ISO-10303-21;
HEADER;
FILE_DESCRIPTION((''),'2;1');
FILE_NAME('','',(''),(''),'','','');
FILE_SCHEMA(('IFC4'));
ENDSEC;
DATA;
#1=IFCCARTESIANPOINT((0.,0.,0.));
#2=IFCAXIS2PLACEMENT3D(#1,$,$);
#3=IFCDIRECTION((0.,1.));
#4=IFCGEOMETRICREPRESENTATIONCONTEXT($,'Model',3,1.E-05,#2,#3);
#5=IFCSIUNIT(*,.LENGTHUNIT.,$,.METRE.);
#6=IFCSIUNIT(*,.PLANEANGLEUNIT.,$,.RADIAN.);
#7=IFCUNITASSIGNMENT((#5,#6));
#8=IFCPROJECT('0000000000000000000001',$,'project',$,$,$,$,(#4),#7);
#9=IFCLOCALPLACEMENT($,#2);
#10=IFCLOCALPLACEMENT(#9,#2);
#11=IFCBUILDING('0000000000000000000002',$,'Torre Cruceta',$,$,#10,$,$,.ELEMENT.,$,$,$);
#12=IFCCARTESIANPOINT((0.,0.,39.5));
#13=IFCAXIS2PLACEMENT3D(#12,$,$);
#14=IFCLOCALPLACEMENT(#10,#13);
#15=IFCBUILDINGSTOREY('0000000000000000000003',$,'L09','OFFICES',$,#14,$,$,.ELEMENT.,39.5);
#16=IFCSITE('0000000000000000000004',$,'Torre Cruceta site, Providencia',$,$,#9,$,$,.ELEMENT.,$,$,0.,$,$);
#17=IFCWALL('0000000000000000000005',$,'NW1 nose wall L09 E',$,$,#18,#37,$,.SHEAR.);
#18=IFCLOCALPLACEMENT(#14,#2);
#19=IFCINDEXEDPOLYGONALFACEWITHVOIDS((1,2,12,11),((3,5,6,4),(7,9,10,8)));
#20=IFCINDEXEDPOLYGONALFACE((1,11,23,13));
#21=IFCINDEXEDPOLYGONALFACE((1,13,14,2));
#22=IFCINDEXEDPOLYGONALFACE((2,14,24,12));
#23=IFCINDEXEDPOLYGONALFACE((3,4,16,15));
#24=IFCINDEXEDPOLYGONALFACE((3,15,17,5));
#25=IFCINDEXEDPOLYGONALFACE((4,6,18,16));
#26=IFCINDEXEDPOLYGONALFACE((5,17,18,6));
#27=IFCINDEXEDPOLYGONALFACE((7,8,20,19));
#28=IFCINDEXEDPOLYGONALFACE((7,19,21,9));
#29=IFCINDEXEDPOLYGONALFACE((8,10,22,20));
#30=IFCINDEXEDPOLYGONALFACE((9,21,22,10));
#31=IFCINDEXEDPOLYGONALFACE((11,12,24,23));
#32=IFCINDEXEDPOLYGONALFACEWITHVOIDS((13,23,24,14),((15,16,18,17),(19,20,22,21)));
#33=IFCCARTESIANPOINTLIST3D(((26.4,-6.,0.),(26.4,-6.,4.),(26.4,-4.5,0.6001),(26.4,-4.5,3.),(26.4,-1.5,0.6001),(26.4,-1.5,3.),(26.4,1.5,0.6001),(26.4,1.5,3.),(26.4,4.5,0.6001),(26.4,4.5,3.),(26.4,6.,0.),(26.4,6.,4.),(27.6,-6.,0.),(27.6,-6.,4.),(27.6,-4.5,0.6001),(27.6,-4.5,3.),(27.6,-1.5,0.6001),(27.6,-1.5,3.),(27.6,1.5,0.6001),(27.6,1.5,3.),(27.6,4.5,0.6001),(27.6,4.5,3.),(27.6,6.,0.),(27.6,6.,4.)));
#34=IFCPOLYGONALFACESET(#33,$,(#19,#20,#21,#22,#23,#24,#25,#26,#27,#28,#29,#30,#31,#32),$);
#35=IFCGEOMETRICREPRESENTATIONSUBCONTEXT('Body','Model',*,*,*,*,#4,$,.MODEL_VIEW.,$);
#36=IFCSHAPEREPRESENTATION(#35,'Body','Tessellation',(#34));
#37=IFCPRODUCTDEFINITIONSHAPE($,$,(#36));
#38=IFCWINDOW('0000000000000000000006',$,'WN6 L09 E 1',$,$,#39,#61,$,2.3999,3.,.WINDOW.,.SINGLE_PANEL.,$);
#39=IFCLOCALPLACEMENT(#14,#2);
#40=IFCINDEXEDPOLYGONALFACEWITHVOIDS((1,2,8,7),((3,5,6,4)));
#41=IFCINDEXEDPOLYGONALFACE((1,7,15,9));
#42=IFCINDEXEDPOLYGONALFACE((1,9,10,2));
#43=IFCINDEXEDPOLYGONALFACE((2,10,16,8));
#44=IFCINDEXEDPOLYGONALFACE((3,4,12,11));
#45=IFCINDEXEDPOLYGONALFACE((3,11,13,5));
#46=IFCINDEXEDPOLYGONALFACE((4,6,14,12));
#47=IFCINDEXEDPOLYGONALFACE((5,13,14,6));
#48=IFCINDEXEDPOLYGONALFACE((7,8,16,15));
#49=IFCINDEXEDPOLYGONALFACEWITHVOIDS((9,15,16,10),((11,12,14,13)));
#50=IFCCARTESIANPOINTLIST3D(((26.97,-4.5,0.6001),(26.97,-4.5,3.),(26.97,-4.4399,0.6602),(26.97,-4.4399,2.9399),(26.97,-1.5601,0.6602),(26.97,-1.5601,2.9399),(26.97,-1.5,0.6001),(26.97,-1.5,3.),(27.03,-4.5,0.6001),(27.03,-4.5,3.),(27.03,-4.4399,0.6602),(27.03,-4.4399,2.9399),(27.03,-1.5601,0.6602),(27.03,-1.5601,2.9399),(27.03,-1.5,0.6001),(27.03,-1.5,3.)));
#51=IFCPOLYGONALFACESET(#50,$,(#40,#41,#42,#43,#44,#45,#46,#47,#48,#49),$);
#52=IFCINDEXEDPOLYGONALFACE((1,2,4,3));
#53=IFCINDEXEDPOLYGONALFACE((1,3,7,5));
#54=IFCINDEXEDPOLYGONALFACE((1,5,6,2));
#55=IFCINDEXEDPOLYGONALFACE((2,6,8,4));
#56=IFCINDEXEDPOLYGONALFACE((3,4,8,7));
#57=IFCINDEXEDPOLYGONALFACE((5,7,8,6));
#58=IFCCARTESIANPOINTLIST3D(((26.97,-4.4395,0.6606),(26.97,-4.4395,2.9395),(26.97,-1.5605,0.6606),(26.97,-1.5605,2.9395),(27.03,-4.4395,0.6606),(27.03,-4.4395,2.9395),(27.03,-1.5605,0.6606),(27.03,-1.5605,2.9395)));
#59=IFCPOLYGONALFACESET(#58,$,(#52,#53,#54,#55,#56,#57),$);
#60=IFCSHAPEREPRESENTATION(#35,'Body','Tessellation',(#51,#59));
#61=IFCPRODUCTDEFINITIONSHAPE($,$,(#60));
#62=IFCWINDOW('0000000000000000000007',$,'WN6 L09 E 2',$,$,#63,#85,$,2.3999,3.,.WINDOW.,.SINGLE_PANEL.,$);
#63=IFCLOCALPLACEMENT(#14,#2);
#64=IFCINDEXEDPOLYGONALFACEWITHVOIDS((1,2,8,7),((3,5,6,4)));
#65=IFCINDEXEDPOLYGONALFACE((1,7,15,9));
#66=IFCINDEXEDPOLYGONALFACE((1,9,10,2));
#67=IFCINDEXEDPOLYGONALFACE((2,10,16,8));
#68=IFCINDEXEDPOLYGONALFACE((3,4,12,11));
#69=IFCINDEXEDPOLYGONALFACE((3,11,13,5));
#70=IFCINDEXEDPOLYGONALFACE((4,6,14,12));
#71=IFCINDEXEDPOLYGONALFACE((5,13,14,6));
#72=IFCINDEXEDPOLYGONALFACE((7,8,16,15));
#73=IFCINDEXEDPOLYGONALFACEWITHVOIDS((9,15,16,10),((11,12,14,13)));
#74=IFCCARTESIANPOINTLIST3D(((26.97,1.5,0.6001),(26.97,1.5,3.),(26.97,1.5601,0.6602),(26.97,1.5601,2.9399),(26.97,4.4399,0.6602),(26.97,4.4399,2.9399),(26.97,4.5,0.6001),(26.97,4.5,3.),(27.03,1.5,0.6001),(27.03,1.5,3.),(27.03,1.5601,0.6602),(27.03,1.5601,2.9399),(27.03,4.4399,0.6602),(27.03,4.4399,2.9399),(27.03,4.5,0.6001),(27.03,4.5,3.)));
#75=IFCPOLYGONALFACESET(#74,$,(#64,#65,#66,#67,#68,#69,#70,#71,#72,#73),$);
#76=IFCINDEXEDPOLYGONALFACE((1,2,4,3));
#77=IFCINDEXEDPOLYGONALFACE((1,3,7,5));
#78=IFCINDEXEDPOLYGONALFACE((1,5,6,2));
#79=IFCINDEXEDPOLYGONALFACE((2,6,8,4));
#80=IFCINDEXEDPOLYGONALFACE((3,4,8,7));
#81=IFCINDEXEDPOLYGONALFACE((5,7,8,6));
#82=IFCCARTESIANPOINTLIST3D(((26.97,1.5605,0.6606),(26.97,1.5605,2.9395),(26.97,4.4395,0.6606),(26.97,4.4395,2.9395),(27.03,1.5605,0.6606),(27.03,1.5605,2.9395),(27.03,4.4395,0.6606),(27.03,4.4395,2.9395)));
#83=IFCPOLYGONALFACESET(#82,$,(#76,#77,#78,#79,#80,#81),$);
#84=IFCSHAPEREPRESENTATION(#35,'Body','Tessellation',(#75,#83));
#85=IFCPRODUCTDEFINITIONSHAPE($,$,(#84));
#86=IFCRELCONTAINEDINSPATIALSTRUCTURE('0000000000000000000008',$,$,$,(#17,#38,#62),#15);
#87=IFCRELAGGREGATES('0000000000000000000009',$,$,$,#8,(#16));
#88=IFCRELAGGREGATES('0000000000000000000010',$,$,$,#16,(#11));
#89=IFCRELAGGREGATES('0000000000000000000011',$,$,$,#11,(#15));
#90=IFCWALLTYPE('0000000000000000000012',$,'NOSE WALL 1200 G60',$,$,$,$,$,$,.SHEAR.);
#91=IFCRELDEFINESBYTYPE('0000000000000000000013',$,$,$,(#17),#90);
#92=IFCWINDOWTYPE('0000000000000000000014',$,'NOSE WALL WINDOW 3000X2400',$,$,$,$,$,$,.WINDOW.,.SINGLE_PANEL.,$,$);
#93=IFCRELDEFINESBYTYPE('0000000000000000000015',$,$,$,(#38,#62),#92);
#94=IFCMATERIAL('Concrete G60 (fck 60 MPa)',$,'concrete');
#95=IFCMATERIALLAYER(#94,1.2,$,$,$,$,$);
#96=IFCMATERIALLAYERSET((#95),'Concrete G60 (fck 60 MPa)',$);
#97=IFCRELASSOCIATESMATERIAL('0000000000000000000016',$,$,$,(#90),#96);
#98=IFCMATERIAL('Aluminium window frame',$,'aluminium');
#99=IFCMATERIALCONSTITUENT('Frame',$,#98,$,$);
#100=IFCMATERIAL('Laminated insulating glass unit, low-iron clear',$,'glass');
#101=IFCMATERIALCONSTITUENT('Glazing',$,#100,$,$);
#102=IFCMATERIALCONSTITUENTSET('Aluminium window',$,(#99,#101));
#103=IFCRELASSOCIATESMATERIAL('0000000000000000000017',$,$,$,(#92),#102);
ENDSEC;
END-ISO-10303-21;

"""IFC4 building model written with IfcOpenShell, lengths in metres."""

from ifc_helpers import new_model, si_unit, direction, frame, frame_2d, origin, place, context, subcontext, project, spatial, rectangle, hollow_rectangle, extrude, material, layer, layer_set, constituent, constituent_set, type_object, element, fill, save


model = new_model("IFC4")

# Units and contexts
model_context = context("Model", 3, precision=1e-05, world=origin(), true_north=direction((0.0, 1.0)))
body_context = subcontext(model_context, "Body", "Model", "MODEL_VIEW")
ifc_project = project(units=[si_unit("LENGTHUNIT", "METRE"), si_unit("PLANEANGLEUNIT", "RADIAN")], contexts=[model_context])

# Site, building, storey
site_placement = place(None, origin())
site = spatial("IfcSite", under=ifc_project, at=site_placement, Name="Torre Cruceta site, Providencia", CompositionType="ELEMENT", RefElevation=0.0)
building_placement = place(site_placement, origin())
building = spatial("IfcBuilding", under=site, at=building_placement, Name="Torre Cruceta", CompositionType="ELEMENT")
storey_placement = place(building_placement, frame((0.0, 0.0, 39.5)))
storey = spatial("IfcBuildingStorey", under=building, at=storey_placement, Name="L09", Description="OFFICES", CompositionType="ELEMENT", Elevation=39.5)

# Wall, openings, windows
ifc_material_1 = material(Name="Concrete G60 (fck 60 MPa)", Category="concrete")
ifc_layer = layer(ifc_material_1, 1.2)
ifc_layer_set = layer_set([ifc_layer], Name="Concrete G60 (fck 60 MPa)")
wall_type = type_object("IfcWallType", Name="NOSE WALL 1200 G60", PredefinedType="SHEAR", material=ifc_layer_set)
wall_placement = place(storey_placement, frame((27.0, -6.0, 0.0), z_axis=(0.0, 0.0, 1.0), x_axis=(0.0, 1.0, 0.0)))
wall = element("IfcWall", 1, at=wall_placement, inside=storey, type_object=wall_type, Name="NW1 nose wall L09 E", PredefinedType="SHEAR", context=body_context, shape_type="SweptSolid", body=[
    extrude(rectangle(XDim=12.0, YDim=1.2, at=frame_2d((6.0, 0.0))), origin(), (0.0, 0.0, 1.0), 4.0),
])
opening_1_placement = place(wall_placement, frame((1.5, 0.0, 0.6001)))
opening_1 = element("IfcOpeningElement", 2, at=opening_1_placement, cuts=wall, PredefinedType="OPENING", context=body_context, shape_type="SweptSolid", body=[
    extrude(rectangle(XDim=3.0, YDim=2.3999, at=frame_2d((1.5, 1.2))), frame((0.0, 0.6099, 0.0), z_axis=(0.0, -1.0, 0.0), x_axis=(1.0, 0.0, 0.0)), (0.0, 0.0, 1.0), 1.22),
])
opening_2_placement = place(wall_placement, frame((7.5, 0.0, 0.6001)))
opening_2 = element("IfcOpeningElement", 3, at=opening_2_placement, cuts=wall, PredefinedType="OPENING", context=body_context, shape_type="SweptSolid", body=[
    extrude(rectangle(XDim=3.0, YDim=2.3999, at=frame_2d((1.5, 1.2))), frame((0.0, 0.6099, 0.0), z_axis=(0.0, -1.0, 0.0), x_axis=(1.0, 0.0, 0.0)), (0.0, 0.0, 1.0), 1.22),
])
ifc_material_2 = material(Name="Aluminium window frame", Category="aluminium")
ifc_constituent_1 = constituent(ifc_material_2, Name="Frame")
ifc_material_3 = material(Name="Laminated insulating glass unit, low-iron clear", Category="glass")
ifc_constituent_2 = constituent(ifc_material_3, Name="Glazing")
ifc_constituent_set = constituent_set(constituents=[ifc_constituent_1, ifc_constituent_2], Name="Aluminium window")
window_type = type_object("IfcWindowType", Name="NOSE WALL WINDOW 3000X2400", PartitioningType="SINGLE_PANEL", PredefinedType="WINDOW", material=ifc_constituent_set)
window_1_placement = place(opening_1_placement, origin())
window_1 = element("IfcWindow", 4, at=window_1_placement, inside=storey, type_object=window_type, Name="WN6 L09 E 1", OverallHeight=2.3999, OverallWidth=3.0, PartitioningType="SINGLE_PANEL", PredefinedType="WINDOW", context=body_context, shape_type="SweptSolid", body=[
    extrude(hollow_rectangle(XDim=3.0, YDim=2.3999, WallThickness=0.0601, at=frame_2d((1.5, 1.2))), frame((0.0, 0.03, 0.0), z_axis=(0.0, -1.0, 0.0), x_axis=(1.0, 0.0, 0.0)), (0.0, 0.0, 1.0), 0.0601),
    extrude(rectangle(XDim=2.8789, YDim=2.2788, at=frame_2d((1.5, 1.2))), frame((0.0, 0.03, 0.0), z_axis=(0.0, -1.0, 0.0), x_axis=(1.0, 0.0, 0.0)), (0.0, 0.0, 1.0), 0.0601),
])
fill(opening_1, window_1)
window_2_placement = place(opening_2_placement, origin())
window_2 = element("IfcWindow", 5, at=window_2_placement, inside=storey, type_object=window_type, Name="WN6 L09 E 2", OverallHeight=2.3999, OverallWidth=3.0, PartitioningType="SINGLE_PANEL", PredefinedType="WINDOW", context=body_context, shape_type="SweptSolid", body=[
    extrude(hollow_rectangle(XDim=3.0, YDim=2.3999, WallThickness=0.0601, at=frame_2d((1.5, 1.2))), frame((0.0, 0.03, 0.0), z_axis=(0.0, -1.0, 0.0), x_axis=(1.0, 0.0, 0.0)), (0.0, 0.0, 1.0), 0.0601),
    extrude(rectangle(XDim=2.8789, YDim=2.2788, at=frame_2d((1.5, 1.2))), frame((0.0, 0.03, 0.0), z_axis=(0.0, -1.0, 0.0), x_axis=(1.0, 0.0, 0.0)), (0.0, 0.0, 1.0), 0.0601),
])
fill(opening_2, window_2)

save(model, "model.ifc")
